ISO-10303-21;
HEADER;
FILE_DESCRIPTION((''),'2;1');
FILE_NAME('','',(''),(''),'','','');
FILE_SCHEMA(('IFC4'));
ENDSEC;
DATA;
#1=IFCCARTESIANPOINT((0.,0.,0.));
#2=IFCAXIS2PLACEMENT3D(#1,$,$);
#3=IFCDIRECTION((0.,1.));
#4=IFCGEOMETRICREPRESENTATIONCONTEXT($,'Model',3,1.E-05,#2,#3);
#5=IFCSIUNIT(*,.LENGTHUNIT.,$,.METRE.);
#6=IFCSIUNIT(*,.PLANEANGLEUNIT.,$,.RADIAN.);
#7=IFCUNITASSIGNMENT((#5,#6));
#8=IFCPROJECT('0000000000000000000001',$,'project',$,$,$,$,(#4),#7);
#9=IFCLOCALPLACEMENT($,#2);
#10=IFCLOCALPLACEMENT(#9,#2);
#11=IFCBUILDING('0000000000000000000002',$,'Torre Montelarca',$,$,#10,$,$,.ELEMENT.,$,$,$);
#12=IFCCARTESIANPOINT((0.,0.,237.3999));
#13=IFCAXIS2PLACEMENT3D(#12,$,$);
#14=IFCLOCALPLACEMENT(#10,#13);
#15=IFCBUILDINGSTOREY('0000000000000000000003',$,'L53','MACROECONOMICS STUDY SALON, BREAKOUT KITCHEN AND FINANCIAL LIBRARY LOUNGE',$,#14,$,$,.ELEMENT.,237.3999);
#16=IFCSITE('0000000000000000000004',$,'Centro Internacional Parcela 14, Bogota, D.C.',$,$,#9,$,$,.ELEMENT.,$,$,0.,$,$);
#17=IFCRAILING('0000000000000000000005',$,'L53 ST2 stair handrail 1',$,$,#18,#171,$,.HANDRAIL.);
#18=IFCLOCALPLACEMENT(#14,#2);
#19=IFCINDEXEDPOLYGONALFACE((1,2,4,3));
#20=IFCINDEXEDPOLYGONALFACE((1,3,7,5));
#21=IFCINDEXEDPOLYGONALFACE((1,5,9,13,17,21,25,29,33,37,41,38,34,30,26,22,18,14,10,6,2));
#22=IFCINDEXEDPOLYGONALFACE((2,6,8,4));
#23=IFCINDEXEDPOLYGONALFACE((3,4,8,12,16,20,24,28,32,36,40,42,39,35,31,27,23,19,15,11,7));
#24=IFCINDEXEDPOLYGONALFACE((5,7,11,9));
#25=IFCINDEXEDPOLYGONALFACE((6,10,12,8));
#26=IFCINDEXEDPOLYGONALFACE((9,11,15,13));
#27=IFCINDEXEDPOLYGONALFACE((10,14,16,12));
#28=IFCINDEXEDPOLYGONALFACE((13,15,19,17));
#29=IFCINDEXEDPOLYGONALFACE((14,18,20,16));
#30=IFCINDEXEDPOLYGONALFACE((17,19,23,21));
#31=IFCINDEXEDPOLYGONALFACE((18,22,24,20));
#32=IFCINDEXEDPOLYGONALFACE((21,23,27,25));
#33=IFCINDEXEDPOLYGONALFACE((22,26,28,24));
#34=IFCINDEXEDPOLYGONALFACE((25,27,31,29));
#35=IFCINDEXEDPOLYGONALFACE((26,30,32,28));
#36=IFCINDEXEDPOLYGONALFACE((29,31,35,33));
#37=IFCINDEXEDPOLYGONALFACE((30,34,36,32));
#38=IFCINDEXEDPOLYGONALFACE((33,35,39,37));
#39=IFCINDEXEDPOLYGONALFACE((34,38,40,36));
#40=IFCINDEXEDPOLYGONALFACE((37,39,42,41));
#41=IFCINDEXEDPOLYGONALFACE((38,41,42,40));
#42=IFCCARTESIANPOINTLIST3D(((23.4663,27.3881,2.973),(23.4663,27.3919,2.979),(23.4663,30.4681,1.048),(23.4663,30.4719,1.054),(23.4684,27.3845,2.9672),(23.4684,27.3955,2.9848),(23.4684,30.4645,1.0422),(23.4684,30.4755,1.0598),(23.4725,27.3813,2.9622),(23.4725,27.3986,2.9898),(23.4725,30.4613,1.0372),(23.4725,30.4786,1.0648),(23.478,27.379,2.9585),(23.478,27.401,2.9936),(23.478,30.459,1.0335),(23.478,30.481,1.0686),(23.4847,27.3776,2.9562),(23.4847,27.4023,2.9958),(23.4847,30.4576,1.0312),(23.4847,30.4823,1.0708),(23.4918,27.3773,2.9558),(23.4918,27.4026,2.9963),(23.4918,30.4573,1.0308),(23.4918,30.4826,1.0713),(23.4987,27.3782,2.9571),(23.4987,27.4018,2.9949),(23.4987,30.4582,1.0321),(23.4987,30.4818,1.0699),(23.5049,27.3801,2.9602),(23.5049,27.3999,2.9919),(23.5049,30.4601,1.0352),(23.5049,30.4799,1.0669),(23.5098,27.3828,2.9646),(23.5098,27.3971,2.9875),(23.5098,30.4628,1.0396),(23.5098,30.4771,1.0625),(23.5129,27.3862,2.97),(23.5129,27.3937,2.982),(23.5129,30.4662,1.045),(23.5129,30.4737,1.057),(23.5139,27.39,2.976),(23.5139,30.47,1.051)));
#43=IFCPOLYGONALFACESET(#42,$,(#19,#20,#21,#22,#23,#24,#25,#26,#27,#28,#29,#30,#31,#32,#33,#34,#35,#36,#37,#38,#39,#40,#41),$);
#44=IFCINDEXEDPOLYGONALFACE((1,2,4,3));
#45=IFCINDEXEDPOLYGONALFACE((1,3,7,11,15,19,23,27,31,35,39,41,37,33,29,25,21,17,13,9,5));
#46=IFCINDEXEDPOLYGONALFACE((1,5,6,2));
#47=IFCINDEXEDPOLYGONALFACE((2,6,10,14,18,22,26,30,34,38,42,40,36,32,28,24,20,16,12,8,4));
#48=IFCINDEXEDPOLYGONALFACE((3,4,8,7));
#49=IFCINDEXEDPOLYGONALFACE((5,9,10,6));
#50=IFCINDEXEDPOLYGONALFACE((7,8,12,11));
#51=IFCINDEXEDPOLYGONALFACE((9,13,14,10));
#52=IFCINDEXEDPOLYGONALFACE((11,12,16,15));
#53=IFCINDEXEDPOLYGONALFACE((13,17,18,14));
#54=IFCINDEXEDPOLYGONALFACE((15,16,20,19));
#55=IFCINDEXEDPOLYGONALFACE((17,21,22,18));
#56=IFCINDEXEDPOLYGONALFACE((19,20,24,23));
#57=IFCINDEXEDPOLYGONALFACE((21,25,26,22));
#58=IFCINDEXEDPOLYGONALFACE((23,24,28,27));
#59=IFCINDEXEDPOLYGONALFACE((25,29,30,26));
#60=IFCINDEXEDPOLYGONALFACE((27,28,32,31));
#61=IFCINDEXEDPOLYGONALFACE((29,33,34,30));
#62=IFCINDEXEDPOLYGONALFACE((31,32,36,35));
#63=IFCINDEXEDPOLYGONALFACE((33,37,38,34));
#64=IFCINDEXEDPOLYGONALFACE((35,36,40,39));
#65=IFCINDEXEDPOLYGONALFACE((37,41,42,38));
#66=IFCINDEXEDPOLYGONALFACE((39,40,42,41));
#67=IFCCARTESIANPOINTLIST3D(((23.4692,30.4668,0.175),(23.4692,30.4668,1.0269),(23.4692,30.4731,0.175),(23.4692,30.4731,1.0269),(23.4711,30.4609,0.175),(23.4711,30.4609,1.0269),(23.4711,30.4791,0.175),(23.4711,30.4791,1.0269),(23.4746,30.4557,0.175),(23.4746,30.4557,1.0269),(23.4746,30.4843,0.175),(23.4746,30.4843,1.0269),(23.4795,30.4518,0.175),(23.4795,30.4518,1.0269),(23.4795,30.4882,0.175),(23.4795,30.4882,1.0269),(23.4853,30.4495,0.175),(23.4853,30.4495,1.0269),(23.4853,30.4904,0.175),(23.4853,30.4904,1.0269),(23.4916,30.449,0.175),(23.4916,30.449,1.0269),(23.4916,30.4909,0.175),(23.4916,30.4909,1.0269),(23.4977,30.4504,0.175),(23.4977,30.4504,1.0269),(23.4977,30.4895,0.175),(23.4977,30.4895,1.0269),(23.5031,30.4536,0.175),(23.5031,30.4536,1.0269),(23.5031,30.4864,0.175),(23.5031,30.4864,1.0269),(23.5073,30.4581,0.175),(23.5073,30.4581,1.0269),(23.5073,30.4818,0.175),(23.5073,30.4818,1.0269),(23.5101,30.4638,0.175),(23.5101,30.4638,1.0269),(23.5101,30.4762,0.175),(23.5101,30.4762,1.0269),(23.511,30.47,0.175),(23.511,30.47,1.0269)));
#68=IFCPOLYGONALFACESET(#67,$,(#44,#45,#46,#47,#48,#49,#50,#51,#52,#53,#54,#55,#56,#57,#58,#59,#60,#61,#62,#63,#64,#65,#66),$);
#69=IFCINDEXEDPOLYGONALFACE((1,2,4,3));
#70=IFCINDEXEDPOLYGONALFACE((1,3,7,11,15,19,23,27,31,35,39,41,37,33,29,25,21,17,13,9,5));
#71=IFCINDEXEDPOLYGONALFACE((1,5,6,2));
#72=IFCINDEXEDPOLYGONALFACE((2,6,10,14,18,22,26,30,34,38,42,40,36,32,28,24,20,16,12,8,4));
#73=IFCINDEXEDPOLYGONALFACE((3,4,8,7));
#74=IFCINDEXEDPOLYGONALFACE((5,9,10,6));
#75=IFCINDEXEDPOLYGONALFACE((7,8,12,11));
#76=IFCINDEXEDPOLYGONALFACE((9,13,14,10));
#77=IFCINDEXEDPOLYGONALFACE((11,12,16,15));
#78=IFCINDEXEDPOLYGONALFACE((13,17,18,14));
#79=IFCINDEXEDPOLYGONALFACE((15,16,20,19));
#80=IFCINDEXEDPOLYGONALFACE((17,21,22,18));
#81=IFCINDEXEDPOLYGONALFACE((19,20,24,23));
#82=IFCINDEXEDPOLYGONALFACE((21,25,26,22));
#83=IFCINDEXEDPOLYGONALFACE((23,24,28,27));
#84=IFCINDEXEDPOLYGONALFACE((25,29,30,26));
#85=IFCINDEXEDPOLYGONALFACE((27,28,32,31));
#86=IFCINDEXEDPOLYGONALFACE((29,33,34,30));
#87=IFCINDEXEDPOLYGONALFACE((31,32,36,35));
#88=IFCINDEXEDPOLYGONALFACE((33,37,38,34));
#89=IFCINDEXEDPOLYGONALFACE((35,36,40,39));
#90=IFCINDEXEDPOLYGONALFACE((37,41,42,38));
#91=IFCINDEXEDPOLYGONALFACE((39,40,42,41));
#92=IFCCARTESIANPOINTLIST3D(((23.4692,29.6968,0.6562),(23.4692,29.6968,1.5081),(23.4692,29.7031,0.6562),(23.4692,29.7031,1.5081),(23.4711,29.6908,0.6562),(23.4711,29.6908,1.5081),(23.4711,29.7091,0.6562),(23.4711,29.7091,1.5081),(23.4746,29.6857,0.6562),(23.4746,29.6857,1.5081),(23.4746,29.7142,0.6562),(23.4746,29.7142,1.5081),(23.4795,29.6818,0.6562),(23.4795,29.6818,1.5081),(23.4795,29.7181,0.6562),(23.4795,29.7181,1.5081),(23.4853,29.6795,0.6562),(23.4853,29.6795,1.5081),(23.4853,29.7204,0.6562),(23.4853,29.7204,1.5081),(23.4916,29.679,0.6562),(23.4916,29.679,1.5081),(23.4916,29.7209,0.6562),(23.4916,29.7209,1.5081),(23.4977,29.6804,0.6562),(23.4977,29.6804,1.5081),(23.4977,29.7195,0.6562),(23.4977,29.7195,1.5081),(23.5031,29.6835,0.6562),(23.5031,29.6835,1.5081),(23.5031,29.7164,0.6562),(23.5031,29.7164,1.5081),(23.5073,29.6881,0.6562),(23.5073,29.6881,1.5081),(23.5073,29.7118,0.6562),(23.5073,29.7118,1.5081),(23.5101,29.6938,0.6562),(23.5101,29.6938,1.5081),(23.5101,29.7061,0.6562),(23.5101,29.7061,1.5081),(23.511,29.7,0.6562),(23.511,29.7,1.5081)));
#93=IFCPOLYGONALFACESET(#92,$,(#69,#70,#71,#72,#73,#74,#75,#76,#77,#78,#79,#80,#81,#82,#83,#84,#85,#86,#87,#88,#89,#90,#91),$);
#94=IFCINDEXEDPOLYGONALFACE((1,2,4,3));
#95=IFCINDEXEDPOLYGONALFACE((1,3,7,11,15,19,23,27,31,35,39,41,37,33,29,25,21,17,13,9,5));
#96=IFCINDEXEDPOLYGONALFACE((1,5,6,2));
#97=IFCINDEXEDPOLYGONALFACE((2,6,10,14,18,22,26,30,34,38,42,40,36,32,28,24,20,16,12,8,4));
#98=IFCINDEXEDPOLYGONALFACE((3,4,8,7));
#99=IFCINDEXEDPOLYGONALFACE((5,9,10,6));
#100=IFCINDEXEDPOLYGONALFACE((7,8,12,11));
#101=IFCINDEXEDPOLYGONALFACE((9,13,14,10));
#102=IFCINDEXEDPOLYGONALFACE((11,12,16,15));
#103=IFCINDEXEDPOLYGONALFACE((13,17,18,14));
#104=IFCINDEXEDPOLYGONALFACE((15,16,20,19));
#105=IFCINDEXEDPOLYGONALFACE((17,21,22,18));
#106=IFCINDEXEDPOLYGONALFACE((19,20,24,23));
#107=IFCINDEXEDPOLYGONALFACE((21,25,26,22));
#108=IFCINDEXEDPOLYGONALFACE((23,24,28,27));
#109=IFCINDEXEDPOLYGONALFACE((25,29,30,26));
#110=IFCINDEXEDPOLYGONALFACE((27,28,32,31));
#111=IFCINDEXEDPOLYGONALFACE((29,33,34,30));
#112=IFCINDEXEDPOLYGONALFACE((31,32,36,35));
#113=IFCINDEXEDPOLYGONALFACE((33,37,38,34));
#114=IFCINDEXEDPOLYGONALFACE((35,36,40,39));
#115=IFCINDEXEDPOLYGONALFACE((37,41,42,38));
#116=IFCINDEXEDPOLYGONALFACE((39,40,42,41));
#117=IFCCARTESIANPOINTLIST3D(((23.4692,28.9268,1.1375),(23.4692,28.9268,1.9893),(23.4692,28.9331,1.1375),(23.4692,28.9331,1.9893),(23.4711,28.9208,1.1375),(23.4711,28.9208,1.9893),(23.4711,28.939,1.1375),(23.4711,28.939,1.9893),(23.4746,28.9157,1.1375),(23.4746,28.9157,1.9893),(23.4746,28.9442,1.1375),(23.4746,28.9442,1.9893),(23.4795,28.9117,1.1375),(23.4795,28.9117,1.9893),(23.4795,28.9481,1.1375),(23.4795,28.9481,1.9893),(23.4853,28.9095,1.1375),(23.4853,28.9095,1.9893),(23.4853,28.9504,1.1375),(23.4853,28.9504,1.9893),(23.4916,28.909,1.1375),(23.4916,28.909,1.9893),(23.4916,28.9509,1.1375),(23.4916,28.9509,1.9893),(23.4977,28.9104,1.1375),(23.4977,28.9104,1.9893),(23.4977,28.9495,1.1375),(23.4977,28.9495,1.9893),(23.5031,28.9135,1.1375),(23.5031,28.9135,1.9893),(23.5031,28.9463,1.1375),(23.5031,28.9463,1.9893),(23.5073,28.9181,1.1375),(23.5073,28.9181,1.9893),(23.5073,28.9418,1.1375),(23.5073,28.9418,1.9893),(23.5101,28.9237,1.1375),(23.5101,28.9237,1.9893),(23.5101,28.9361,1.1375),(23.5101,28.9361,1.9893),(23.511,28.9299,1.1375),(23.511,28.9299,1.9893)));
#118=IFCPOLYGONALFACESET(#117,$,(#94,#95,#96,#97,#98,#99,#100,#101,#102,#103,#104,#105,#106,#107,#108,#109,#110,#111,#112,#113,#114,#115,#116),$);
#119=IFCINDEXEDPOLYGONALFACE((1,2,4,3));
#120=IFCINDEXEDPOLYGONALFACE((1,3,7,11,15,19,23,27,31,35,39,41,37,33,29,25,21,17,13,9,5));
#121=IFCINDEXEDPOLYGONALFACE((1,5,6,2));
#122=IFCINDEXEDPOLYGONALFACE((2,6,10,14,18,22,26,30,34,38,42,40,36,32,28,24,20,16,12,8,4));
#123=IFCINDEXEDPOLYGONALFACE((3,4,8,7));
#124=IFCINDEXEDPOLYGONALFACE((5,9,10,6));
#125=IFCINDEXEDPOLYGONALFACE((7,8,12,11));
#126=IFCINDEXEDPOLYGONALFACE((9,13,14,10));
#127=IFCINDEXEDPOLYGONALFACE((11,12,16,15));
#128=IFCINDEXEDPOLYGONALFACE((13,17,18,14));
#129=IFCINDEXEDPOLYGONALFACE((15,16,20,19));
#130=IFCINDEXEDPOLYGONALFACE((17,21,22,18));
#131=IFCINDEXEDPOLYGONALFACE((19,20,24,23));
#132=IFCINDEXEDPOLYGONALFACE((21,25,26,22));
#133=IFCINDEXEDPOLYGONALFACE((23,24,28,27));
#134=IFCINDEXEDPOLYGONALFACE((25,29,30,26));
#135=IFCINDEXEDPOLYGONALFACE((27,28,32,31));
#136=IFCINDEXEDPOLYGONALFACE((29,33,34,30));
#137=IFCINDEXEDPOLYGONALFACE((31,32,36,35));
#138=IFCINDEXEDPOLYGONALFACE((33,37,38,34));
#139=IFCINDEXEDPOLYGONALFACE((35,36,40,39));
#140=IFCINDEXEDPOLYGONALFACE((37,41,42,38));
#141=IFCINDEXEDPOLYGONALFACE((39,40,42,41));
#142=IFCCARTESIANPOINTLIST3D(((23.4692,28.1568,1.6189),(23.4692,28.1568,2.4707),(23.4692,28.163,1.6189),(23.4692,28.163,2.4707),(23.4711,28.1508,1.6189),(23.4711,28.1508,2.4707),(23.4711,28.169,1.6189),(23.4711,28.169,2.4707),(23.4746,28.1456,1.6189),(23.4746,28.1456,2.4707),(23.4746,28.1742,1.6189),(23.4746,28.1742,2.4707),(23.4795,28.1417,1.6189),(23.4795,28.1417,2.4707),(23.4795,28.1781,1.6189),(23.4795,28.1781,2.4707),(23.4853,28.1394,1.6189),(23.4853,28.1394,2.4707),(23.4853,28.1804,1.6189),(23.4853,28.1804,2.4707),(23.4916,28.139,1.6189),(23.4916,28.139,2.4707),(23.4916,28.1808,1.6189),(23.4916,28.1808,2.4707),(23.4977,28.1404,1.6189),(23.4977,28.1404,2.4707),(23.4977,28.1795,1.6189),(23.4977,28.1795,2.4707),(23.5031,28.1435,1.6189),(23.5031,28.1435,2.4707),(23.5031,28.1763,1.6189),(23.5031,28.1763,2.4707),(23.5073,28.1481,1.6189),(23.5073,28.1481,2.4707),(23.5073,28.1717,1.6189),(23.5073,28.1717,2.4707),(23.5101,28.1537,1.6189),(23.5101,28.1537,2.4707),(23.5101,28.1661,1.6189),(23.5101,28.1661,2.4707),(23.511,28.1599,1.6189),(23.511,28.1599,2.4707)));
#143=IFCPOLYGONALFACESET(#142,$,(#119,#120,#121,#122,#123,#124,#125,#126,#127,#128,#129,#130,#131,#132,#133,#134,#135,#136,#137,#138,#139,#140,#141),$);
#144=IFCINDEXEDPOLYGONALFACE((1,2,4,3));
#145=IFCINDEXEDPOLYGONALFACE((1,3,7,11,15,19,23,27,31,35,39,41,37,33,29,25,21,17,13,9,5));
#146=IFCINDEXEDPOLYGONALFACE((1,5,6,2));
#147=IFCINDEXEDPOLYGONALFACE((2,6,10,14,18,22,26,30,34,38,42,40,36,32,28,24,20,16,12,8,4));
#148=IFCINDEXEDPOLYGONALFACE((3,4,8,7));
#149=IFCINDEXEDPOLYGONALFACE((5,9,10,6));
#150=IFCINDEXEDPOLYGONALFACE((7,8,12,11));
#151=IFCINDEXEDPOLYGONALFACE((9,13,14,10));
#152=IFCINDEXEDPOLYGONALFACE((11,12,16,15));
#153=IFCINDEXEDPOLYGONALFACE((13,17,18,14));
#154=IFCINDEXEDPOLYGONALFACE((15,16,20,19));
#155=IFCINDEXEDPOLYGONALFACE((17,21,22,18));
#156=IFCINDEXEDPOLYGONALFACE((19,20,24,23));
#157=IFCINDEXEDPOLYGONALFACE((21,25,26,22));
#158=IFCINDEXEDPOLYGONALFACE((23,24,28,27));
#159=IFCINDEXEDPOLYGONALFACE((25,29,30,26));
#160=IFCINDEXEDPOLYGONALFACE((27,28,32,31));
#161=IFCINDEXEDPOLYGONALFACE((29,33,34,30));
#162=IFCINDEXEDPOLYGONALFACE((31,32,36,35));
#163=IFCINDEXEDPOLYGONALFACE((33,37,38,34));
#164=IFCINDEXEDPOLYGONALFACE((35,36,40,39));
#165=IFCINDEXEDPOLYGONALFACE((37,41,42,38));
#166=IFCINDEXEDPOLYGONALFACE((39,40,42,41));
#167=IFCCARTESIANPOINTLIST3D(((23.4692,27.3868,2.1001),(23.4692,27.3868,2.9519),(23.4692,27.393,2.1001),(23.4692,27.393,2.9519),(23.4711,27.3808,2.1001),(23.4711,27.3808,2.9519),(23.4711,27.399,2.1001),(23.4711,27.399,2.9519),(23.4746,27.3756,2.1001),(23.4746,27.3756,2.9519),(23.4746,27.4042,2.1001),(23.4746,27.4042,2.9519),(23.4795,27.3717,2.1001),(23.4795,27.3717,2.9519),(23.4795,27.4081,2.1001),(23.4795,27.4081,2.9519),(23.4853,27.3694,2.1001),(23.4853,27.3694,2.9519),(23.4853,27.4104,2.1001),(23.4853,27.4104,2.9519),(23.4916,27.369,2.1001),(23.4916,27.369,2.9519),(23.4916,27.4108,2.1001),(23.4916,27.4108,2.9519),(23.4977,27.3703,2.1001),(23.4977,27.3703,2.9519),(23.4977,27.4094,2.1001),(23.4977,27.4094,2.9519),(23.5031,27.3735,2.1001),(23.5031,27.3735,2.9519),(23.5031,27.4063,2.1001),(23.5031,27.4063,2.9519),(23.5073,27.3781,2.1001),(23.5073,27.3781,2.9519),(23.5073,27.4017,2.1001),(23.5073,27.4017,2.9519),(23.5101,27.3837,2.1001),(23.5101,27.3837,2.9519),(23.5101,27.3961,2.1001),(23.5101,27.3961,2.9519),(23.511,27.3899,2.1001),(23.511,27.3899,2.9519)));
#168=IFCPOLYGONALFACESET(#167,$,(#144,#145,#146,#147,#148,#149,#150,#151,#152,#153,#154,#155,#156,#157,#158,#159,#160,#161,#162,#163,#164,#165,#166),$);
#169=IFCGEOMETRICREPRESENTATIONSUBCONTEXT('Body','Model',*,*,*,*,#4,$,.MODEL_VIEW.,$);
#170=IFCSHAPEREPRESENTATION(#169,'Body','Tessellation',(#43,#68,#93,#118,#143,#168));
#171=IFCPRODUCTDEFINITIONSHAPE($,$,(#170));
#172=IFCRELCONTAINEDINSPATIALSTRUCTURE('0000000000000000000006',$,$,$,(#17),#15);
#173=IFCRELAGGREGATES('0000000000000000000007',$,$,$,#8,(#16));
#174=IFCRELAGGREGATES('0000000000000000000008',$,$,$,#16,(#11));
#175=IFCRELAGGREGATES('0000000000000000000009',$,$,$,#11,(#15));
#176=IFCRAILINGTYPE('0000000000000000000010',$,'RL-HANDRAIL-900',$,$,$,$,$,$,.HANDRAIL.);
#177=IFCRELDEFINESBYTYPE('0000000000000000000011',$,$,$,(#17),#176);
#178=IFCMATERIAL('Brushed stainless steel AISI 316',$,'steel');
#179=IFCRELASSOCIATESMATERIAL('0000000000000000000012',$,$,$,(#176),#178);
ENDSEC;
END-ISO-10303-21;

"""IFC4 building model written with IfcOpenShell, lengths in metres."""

from ifc_helpers import new_model, si_unit, direction, frame, origin, origin_2d, place, context, subcontext, project, spatial, circle, extrude, material, type_object, element, save


model = new_model("IFC4")

# Units and contexts
model_context = context("Model", 3, precision=1e-05, world=origin(), true_north=direction((0.0, 1.0)))
body_context = subcontext(model_context, "Body", "Model", "MODEL_VIEW")
ifc_project = project(units=[si_unit("LENGTHUNIT", "METRE"), si_unit("PLANEANGLEUNIT", "RADIAN")], contexts=[model_context])

# Site, building, storey
site_placement = place(None, origin())
site = spatial("IfcSite", under=ifc_project, at=site_placement, Name="Centro Internacional Parcela 14, Bogota, D.C.", CompositionType="ELEMENT", RefElevation=0.0)
building_placement = place(site_placement, origin())
building = spatial("IfcBuilding", under=site, at=building_placement, Name="Torre Montelarca", CompositionType="ELEMENT")
storey_placement = place(building_placement, frame((0.0, 0.0, 237.3999)))
storey = spatial("IfcBuildingStorey", under=building, at=storey_placement, Name="L53", Description="MACROECONOMICS STUDY SALON, BREAKOUT KITCHEN AND FINANCIAL LIBRARY LOUNGE", CompositionType="ELEMENT", Elevation=237.3999)

# Railing
ifc_material_1 = material(Name="Brushed stainless steel AISI 316", Category="steel")
railing_type_1 = type_object("IfcRailingType", Name="RL-HANDRAIL-900", PredefinedType="HANDRAIL", material=ifc_material_1)
railing_1_placement = place(storey_placement, frame((23.49, 30.47, 0.175)))
element("IfcRailing", 1, at=railing_1_placement, inside=storey, type_object=railing_type_1, Name="L53 ST2 stair handrail 1", PredefinedType="HANDRAIL", context=body_context, shape_type="SweptSolid", body=[
    extrude(circle(Radius=0.0239, at=origin_2d()), frame((0.0, 0.0, 0.876), z_axis=(0.0, -0.847998, 0.529999), x_axis=(1.0, 0.0, 0.0)), (0.0, 0.0, 1.0), 3.6321),
    extrude(circle(Radius=0.021, at=origin_2d()), origin(), (0.0, 0.0, 1.0), 0.8518),
    extrude(circle(Radius=0.021, at=origin_2d()), frame((0.0, -0.77, 0.4812)), (0.0, 0.0, 1.0), 0.8518),
    extrude(circle(Radius=0.021, at=origin_2d()), frame((0.0, -1.54, 0.9624)), (0.0, 0.0, 1.0), 0.8518),
    extrude(circle(Radius=0.021, at=origin_2d()), frame((0.0, -2.3101, 1.4438)), (0.0, 0.0, 1.0), 0.8518),
    extrude(circle(Radius=0.021, at=origin_2d()), frame((0.0, -3.0801, 1.925)), (0.0, 0.0, 1.0), 0.8518),
])

save(model, "model.ifc")
